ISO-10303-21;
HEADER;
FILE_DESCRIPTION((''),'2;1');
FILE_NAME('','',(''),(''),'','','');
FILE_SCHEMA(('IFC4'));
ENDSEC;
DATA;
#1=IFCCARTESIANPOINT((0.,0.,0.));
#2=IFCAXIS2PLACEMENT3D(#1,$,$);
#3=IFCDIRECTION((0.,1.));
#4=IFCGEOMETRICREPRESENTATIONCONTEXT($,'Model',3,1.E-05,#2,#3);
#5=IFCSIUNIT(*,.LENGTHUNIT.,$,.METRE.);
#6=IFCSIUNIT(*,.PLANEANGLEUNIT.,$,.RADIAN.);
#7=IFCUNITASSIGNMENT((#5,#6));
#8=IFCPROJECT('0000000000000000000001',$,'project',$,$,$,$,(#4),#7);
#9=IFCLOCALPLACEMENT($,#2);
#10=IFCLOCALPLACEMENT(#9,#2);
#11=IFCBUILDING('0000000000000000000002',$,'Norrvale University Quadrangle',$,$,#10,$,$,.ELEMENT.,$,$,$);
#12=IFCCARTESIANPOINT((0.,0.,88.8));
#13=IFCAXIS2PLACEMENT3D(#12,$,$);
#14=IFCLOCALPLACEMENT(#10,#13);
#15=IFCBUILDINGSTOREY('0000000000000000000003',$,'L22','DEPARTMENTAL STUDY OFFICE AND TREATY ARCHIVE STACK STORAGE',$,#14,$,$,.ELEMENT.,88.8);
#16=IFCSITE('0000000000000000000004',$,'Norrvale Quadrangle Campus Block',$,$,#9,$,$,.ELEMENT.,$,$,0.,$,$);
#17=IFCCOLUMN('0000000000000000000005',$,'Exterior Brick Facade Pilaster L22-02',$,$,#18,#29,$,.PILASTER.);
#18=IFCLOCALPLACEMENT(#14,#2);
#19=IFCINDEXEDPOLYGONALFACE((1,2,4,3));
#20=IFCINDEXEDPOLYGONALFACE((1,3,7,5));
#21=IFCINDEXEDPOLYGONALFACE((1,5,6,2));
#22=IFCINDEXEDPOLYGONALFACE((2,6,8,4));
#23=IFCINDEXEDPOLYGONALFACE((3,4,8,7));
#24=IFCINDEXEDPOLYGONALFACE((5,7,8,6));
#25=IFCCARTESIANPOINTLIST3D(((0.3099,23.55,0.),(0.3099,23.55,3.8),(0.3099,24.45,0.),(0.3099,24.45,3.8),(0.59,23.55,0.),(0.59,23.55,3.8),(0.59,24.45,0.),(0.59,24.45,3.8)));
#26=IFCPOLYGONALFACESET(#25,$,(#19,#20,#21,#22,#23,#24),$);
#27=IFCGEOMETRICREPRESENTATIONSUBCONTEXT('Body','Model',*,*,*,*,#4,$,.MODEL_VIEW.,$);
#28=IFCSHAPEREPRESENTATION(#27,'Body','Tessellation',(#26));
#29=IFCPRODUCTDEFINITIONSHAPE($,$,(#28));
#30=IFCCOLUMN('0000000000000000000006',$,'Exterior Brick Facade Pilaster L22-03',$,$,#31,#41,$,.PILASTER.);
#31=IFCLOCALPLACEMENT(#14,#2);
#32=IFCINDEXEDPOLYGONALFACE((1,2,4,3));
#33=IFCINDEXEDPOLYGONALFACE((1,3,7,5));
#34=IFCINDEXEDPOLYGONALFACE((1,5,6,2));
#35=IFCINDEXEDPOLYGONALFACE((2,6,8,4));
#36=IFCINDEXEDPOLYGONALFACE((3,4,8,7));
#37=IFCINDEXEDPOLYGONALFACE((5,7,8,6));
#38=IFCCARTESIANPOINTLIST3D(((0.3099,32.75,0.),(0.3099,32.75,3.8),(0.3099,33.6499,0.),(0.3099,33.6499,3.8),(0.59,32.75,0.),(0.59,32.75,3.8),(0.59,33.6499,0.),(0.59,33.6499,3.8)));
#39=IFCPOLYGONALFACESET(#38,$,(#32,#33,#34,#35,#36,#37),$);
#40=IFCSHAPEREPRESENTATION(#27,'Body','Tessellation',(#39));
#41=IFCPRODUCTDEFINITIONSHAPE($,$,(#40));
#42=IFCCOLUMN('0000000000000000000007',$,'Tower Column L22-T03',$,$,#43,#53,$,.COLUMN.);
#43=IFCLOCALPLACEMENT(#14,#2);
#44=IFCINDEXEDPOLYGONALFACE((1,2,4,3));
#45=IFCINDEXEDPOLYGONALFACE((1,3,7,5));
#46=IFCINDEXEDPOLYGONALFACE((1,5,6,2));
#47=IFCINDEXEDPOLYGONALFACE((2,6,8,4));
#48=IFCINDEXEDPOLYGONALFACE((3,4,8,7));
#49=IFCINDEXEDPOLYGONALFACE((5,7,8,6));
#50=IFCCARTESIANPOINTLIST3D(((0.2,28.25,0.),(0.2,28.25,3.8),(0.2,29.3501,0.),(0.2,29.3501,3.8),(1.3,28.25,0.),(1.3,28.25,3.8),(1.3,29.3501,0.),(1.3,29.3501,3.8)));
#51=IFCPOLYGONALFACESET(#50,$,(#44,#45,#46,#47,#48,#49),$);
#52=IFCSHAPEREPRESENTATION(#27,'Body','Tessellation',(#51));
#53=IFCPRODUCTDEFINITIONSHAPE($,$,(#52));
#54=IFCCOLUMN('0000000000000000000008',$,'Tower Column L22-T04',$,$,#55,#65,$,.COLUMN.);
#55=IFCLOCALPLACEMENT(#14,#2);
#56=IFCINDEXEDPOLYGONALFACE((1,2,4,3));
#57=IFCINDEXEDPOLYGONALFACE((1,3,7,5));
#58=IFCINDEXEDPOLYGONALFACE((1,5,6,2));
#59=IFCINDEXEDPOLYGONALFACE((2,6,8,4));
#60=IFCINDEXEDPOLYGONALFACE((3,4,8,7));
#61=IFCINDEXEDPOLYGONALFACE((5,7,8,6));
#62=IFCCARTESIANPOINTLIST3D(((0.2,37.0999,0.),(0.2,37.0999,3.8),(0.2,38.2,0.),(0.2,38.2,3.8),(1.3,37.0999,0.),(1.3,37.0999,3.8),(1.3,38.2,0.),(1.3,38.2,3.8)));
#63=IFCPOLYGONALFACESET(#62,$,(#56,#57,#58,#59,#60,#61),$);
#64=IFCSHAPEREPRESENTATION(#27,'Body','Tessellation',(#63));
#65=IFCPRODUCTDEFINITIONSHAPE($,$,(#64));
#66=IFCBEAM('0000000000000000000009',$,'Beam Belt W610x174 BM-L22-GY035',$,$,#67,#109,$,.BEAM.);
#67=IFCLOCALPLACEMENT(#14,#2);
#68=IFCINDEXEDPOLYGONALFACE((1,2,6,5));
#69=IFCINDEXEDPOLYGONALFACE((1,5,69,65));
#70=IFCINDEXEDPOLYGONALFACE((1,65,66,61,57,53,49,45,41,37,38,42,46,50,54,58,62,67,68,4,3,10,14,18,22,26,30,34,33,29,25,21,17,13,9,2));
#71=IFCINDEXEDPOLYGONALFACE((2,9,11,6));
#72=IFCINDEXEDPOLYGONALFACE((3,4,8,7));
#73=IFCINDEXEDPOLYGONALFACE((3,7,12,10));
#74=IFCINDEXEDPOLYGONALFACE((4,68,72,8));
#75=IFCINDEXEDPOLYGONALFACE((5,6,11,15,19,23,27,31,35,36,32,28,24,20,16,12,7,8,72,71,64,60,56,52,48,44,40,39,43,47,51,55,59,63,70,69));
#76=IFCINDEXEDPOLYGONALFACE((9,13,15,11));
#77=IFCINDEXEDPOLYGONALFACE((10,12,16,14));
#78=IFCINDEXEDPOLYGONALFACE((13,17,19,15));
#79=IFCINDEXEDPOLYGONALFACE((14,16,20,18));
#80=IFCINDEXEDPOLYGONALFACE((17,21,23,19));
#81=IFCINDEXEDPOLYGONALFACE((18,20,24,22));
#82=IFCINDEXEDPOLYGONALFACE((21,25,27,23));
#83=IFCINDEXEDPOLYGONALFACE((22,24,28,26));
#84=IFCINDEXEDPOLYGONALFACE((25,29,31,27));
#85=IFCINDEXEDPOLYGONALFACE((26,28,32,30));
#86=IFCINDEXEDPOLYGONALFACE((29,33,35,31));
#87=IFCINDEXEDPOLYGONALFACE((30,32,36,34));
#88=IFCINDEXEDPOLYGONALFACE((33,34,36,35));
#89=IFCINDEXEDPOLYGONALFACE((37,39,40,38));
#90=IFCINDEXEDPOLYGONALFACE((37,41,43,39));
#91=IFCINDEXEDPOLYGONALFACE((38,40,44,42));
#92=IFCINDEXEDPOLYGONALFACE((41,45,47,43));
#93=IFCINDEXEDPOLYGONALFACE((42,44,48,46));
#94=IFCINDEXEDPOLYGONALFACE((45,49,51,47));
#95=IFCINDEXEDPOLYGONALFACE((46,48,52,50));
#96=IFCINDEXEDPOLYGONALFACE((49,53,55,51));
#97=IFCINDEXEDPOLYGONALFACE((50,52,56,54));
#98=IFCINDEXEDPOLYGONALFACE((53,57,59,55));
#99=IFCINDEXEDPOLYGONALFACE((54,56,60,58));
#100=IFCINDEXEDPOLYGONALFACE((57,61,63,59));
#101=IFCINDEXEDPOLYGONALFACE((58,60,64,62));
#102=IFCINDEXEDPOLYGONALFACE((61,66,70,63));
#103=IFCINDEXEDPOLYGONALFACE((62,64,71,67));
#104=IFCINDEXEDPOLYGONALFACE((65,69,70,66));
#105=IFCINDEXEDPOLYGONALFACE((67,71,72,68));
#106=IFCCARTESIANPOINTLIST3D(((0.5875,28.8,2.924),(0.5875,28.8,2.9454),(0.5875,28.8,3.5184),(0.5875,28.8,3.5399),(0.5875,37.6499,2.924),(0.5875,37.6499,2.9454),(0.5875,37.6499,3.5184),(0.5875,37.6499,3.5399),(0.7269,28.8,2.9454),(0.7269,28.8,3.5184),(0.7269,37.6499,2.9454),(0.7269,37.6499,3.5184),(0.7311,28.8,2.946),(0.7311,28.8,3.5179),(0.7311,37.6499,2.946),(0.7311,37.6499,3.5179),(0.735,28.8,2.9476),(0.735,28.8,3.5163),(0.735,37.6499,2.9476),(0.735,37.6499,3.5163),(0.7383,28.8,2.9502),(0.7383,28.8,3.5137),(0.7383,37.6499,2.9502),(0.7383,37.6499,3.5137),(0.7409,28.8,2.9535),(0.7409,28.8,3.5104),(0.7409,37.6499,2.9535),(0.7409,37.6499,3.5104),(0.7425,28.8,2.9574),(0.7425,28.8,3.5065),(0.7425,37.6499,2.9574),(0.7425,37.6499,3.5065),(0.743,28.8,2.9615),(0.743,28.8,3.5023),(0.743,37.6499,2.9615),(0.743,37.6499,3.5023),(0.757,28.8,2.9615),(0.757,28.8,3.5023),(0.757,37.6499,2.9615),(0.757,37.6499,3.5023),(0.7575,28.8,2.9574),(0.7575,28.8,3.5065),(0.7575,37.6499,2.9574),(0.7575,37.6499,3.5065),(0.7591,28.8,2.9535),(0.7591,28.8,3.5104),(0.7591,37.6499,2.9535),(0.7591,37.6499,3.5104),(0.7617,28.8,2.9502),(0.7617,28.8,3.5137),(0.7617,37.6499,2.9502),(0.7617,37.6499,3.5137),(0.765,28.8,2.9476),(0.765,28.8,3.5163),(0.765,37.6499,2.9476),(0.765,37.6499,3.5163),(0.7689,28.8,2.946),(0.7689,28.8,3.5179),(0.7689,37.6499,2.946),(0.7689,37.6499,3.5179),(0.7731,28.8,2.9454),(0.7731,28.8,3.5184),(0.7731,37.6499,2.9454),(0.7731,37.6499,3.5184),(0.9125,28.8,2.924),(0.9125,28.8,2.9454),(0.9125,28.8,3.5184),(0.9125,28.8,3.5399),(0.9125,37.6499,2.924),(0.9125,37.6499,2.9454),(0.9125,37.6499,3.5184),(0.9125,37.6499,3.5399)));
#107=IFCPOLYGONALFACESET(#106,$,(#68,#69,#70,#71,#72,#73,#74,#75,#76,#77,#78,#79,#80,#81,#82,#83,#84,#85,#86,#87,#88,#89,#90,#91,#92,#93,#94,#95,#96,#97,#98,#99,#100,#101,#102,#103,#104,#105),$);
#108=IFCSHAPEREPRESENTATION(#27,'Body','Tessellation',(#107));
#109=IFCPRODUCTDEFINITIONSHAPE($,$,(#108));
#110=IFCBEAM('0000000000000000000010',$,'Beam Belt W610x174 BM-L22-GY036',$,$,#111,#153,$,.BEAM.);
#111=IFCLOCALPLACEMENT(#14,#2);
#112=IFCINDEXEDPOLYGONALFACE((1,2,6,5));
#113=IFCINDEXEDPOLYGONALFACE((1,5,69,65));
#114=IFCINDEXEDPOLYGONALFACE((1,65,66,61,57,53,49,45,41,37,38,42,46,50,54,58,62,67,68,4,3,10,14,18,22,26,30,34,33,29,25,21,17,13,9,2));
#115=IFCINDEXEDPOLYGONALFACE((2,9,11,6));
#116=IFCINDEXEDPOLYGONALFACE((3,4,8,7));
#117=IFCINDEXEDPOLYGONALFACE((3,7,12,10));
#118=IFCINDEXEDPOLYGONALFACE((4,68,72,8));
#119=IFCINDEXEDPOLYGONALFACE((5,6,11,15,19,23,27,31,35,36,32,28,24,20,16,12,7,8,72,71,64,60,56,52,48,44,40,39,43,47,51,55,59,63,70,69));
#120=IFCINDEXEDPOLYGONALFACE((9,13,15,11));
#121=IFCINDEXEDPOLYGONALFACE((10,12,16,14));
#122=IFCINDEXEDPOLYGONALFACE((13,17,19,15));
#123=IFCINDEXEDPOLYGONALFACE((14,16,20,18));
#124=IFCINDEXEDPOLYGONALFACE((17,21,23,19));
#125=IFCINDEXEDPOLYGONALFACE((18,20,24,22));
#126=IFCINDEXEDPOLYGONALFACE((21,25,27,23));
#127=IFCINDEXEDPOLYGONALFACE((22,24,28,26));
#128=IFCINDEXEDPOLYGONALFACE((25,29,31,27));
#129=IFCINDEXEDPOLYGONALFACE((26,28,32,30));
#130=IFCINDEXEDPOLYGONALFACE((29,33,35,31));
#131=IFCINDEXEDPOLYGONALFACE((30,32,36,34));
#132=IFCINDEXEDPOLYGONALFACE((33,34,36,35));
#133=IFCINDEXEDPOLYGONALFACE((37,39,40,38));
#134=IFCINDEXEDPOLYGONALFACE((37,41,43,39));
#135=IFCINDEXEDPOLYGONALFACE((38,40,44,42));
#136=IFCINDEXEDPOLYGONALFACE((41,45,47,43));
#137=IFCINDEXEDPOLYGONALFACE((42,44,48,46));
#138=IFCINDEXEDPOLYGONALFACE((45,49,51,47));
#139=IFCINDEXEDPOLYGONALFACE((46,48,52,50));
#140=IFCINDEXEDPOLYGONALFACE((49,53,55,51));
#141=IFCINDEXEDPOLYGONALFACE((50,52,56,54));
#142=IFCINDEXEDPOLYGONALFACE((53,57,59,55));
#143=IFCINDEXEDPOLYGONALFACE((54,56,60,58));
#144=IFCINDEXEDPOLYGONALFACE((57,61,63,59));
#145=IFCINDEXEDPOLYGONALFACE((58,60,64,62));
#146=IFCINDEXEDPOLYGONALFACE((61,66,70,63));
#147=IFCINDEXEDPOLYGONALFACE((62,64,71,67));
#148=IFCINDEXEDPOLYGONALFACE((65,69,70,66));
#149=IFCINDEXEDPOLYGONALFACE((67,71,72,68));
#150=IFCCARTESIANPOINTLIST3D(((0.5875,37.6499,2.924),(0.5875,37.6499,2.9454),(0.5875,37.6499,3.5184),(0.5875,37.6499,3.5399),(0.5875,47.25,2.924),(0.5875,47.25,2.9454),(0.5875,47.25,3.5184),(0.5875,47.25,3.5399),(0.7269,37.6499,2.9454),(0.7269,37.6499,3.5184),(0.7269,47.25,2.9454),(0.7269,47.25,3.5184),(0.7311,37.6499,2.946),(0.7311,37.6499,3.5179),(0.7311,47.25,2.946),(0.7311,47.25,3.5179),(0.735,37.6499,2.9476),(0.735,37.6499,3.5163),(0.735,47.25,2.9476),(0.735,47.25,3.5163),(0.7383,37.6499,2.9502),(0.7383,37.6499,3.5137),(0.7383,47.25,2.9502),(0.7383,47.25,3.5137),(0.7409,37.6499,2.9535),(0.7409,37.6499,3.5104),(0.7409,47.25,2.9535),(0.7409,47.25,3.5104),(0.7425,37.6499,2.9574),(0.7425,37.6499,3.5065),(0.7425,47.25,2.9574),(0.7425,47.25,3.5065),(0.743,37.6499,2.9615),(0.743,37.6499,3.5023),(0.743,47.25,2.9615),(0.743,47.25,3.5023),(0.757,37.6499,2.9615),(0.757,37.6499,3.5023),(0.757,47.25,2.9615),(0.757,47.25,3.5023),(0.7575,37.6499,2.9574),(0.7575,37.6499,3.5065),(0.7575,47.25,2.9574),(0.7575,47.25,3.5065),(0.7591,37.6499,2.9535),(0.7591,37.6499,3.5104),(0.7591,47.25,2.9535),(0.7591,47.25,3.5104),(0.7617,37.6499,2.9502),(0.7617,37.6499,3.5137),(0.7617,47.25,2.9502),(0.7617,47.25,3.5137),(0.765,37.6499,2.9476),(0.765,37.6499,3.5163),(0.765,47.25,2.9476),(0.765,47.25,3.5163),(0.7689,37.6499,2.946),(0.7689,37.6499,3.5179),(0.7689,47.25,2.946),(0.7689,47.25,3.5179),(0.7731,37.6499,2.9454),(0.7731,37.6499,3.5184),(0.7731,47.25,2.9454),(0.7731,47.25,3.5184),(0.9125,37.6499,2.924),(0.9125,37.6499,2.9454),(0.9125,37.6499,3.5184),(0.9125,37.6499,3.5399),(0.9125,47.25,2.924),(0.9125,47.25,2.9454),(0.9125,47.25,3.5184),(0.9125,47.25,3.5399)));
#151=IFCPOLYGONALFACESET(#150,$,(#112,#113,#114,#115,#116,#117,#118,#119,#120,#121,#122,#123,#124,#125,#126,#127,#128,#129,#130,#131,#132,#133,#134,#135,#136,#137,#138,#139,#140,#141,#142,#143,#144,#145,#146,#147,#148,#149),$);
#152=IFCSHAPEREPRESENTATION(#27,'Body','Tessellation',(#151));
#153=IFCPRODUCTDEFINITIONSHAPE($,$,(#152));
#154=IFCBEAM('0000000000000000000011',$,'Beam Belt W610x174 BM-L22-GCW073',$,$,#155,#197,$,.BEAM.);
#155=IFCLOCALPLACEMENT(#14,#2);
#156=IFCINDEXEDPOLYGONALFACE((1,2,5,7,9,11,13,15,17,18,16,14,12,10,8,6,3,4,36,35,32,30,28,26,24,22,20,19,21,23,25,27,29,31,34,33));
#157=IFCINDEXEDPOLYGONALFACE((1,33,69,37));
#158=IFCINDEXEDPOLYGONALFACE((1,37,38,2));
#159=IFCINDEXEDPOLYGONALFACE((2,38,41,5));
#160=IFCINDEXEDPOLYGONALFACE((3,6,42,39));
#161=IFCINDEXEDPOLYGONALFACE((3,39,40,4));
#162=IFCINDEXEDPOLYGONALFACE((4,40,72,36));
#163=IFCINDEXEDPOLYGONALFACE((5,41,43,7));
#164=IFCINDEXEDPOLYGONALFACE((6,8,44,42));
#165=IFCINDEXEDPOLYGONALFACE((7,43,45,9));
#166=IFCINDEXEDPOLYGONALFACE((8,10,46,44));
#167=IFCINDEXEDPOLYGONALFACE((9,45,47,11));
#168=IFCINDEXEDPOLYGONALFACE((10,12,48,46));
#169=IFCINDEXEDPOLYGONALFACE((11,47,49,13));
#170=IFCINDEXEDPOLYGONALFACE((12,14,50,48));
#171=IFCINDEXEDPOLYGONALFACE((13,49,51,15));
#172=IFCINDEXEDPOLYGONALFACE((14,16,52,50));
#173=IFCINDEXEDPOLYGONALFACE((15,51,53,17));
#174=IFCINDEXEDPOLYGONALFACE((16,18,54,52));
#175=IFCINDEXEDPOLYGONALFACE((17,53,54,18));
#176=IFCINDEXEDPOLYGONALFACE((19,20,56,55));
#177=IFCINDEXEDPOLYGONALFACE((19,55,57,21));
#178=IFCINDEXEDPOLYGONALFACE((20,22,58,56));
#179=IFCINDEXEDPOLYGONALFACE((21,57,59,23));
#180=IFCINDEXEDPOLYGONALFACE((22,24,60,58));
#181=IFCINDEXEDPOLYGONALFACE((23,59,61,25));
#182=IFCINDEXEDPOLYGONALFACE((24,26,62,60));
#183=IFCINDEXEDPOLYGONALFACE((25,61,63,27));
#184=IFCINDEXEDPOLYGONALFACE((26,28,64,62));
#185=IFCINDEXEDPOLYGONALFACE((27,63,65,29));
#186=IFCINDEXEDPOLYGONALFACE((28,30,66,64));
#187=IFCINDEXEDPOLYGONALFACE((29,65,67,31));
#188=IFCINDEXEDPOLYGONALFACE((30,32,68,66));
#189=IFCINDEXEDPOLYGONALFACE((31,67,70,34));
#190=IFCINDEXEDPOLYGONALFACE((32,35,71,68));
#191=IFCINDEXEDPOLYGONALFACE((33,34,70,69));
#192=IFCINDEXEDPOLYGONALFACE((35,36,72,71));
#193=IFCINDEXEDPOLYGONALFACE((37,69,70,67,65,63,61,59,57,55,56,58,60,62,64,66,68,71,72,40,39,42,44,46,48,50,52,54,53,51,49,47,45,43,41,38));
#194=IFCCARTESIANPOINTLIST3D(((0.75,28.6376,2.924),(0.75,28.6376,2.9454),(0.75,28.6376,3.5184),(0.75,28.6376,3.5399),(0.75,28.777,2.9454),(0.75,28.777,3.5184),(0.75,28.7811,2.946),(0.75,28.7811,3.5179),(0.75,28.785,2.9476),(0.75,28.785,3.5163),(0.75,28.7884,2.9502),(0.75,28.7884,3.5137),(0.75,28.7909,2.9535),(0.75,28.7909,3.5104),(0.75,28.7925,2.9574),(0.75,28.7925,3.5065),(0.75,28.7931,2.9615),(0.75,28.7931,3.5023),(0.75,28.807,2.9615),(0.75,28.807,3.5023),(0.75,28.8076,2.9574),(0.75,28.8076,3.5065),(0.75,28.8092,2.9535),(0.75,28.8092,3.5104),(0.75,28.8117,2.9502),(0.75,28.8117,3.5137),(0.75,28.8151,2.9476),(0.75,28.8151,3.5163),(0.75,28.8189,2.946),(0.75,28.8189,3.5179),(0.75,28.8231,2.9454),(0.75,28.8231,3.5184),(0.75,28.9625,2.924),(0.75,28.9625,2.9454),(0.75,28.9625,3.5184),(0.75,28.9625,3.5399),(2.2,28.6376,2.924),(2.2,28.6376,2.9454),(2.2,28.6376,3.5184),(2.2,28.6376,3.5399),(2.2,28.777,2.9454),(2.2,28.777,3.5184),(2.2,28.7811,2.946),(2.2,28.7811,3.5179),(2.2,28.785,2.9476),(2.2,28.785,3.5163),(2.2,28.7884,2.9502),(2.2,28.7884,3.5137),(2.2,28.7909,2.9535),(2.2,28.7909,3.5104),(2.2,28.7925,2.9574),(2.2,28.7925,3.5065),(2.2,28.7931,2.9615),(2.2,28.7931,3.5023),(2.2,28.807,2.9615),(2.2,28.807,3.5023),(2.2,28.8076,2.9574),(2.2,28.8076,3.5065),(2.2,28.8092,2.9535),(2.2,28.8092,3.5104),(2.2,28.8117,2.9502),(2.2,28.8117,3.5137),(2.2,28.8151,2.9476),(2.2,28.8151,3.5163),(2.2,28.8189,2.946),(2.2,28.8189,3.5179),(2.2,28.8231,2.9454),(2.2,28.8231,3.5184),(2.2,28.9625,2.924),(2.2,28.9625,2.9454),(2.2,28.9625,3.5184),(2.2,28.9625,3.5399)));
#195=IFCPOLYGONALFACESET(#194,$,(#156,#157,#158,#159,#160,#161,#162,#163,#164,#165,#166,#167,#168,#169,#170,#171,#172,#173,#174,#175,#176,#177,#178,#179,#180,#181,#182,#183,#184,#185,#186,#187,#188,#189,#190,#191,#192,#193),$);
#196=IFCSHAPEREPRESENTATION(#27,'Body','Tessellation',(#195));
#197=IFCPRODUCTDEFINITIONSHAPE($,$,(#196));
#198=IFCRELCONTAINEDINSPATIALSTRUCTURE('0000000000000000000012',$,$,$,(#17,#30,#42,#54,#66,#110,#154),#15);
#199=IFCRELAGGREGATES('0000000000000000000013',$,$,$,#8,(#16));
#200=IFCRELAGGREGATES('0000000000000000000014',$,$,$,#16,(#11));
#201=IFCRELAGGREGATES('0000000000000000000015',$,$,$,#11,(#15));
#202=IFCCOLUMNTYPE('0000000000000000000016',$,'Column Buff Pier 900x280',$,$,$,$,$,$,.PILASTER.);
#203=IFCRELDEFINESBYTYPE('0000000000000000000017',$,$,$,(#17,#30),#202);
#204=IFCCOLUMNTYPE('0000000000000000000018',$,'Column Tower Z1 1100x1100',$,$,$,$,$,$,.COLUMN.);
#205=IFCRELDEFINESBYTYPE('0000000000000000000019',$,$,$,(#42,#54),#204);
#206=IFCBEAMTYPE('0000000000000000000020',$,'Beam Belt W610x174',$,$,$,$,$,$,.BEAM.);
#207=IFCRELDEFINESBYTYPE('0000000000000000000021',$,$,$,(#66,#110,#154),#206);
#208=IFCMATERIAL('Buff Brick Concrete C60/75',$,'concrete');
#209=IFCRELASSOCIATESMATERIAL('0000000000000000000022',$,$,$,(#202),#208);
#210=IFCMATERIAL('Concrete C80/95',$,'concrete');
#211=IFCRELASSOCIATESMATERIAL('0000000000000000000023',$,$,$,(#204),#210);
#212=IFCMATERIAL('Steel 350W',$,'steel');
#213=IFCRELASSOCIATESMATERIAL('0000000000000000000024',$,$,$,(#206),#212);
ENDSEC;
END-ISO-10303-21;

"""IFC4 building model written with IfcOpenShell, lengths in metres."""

from ifc_helpers import new_model, si_unit, direction, frame, origin, origin_2d, place, context, subcontext, project, spatial, rectangle, i_section, extrude, material, material_profile, profile_set, type_object, element, save


model = new_model("IFC4")

# Units and contexts
model_context = context("Model", 3, precision=1e-05, world=origin(), true_north=direction((0.0, 1.0)))
body_context = subcontext(model_context, "Body", "Model", "MODEL_VIEW")
ifc_project = project(units=[si_unit("LENGTHUNIT", "METRE"), si_unit("PLANEANGLEUNIT", "RADIAN")], contexts=[model_context])

# Site, building, storey
site_placement = place(None, origin())
site = spatial("IfcSite", under=ifc_project, at=site_placement, Name="Norrvale Quadrangle Campus Block", CompositionType="ELEMENT", RefElevation=0.0)
building_placement = place(site_placement, origin())
building = spatial("IfcBuilding", under=site, at=building_placement, Name="Norrvale University Quadrangle", CompositionType="ELEMENT")
storey_placement = place(building_placement, frame((0.0, 0.0, 88.8)))
storey = spatial("IfcBuildingStorey", under=building, at=storey_placement, Name="L22", Description="DEPARTMENTAL STUDY OFFICE AND TREATY ARCHIVE STACK STORAGE", CompositionType="ELEMENT", Elevation=88.8)

# Columns
ifc_material_1 = material(Name="Buff Brick Concrete C60/75", Category="concrete")
ifc_material_profile_1 = material_profile(ifc_material_1, rectangle(XDim=0.8999, YDim=0.28, at=origin_2d()), Name="Buff Brick Concrete C60/75")
ifc_profile_set_1 = profile_set([ifc_material_profile_1], Name="Buff Brick Concrete C60/75")
column_type_1 = type_object("IfcColumnType", Name="Column Buff Pier 900x280", PredefinedType="PILASTER", material=ifc_profile_set_1)
for number, where, z_axis, x_axis, name in (
    (1, (0.45, 24.0, 0.0), (0.0, 0.0, 1.0), (0.0, 1.0, 0.0), "Exterior Brick Facade Pilaster L22-02"),
    (2, (0.45, 33.2, 0.0), (0.0, 0.0, 1.0), (0.0, 1.0, 0.0), "Exterior Brick Facade Pilaster L22-03"),
):
    element("IfcColumn", number, at=place(storey_placement, frame(where, z_axis=z_axis, x_axis=x_axis)), inside=storey, type_object=column_type_1, Name=name, PredefinedType="PILASTER", context=body_context, shape_type="SweptSolid", body=[
        extrude(rectangle(XDim=0.8999, YDim=0.28, at=origin_2d()), origin(), (0.0, 0.0, 1.0), 3.8),
    ])
ifc_material_2 = material(Name="Concrete C80/95", Category="concrete")
ifc_material_profile_2 = material_profile(ifc_material_2, rectangle(XDim=1.1001, YDim=1.1001, at=origin_2d()), Name="Concrete C80/95")
ifc_profile_set_2 = profile_set([ifc_material_profile_2], Name="Concrete C80/95")
column_type_2 = type_object("IfcColumnType", Name="Column Tower Z1 1100x1100", PredefinedType="COLUMN", material=ifc_profile_set_2)
for number, where, z_axis, x_axis, name in (
    (3, (0.75, 28.8, 0.0), (0.0, 0.0, 1.0), (1.0, 0.0, 0.0), "Tower Column L22-T03"),
    (4, (0.75, 37.6499, 0.0), (0.0, 0.0, 1.0), (1.0, 0.0, 0.0), "Tower Column L22-T04"),
):
    element("IfcColumn", number, at=place(storey_placement, frame(where, z_axis=z_axis, x_axis=x_axis)), inside=storey, type_object=column_type_2, Name=name, PredefinedType="COLUMN", context=body_context, shape_type="SweptSolid", body=[
        extrude(rectangle(XDim=1.1001, YDim=1.1001, at=origin_2d()), origin(), (0.0, 0.0, 1.0), 3.8),
    ])

# Beams
ifc_material_3 = material(Name="Steel 350W", Category="steel")
ifc_material_profile_3 = material_profile(ifc_material_3, i_section(OverallWidth=0.325, OverallDepth=0.616, WebThickness=0.0139, FlangeThickness=0.0215, FilletRadius=0.0161, at=origin_2d()), Name="Steel 350W")
ifc_profile_set_3 = profile_set([ifc_material_profile_3], Name="Steel 350W")
beam_type = type_object("IfcBeamType", Name="Beam Belt W610x174", PredefinedType="BEAM", material=ifc_profile_set_3)
beam_1_placement = place(storey_placement, frame((0.75, 28.8, 3.2319), z_axis=(0.0, 1.0, 0.0), x_axis=(-1.0, 0.0, 0.0)))
element("IfcBeam", 5, at=beam_1_placement, inside=storey, type_object=beam_type, Name="Beam Belt W610x174 BM-L22-GY035", PredefinedType="BEAM", context=body_context, shape_type="SweptSolid", body=[
    extrude(i_section(OverallWidth=0.325, OverallDepth=0.616, WebThickness=0.0139, FlangeThickness=0.0215, FilletRadius=0.0161, at=origin_2d()), origin(), (0.0, 0.0, 1.0), 8.8499),
])
beam_2_placement = place(storey_placement, frame((0.75, 37.6499, 3.2319), z_axis=(0.0, 1.0, 0.0), x_axis=(-1.0, 0.0, 0.0)))
element("IfcBeam", 6, at=beam_2_placement, inside=storey, type_object=beam_type, Name="Beam Belt W610x174 BM-L22-GY036", PredefinedType="BEAM", context=body_context, shape_type="SweptSolid", body=[
    extrude(i_section(OverallWidth=0.325, OverallDepth=0.616, WebThickness=0.0139, FlangeThickness=0.0215, FilletRadius=0.0161, at=origin_2d()), origin(), (0.0, 0.0, 1.0), 9.6001),
])
for number, where, z_axis, x_axis, name in (
    (7, (0.75, 28.8, 3.2319), (1.0, 0.0, 0.0), (0.0, 1.0, 0.0), "Beam Belt W610x174 BM-L22-GCW073"),
):
    element("IfcBeam", number, at=place(storey_placement, frame(where, z_axis=z_axis, x_axis=x_axis)), inside=storey, type_object=beam_type, Name=name, PredefinedType="BEAM", context=body_context, shape_type="SweptSolid", body=[
        extrude(i_section(OverallWidth=0.325, OverallDepth=0.616, WebThickness=0.0139, FlangeThickness=0.0215, FilletRadius=0.0161, at=origin_2d()), origin(), (0.0, 0.0, 1.0), 1.45),
    ])

save(model, "model.ifc")
